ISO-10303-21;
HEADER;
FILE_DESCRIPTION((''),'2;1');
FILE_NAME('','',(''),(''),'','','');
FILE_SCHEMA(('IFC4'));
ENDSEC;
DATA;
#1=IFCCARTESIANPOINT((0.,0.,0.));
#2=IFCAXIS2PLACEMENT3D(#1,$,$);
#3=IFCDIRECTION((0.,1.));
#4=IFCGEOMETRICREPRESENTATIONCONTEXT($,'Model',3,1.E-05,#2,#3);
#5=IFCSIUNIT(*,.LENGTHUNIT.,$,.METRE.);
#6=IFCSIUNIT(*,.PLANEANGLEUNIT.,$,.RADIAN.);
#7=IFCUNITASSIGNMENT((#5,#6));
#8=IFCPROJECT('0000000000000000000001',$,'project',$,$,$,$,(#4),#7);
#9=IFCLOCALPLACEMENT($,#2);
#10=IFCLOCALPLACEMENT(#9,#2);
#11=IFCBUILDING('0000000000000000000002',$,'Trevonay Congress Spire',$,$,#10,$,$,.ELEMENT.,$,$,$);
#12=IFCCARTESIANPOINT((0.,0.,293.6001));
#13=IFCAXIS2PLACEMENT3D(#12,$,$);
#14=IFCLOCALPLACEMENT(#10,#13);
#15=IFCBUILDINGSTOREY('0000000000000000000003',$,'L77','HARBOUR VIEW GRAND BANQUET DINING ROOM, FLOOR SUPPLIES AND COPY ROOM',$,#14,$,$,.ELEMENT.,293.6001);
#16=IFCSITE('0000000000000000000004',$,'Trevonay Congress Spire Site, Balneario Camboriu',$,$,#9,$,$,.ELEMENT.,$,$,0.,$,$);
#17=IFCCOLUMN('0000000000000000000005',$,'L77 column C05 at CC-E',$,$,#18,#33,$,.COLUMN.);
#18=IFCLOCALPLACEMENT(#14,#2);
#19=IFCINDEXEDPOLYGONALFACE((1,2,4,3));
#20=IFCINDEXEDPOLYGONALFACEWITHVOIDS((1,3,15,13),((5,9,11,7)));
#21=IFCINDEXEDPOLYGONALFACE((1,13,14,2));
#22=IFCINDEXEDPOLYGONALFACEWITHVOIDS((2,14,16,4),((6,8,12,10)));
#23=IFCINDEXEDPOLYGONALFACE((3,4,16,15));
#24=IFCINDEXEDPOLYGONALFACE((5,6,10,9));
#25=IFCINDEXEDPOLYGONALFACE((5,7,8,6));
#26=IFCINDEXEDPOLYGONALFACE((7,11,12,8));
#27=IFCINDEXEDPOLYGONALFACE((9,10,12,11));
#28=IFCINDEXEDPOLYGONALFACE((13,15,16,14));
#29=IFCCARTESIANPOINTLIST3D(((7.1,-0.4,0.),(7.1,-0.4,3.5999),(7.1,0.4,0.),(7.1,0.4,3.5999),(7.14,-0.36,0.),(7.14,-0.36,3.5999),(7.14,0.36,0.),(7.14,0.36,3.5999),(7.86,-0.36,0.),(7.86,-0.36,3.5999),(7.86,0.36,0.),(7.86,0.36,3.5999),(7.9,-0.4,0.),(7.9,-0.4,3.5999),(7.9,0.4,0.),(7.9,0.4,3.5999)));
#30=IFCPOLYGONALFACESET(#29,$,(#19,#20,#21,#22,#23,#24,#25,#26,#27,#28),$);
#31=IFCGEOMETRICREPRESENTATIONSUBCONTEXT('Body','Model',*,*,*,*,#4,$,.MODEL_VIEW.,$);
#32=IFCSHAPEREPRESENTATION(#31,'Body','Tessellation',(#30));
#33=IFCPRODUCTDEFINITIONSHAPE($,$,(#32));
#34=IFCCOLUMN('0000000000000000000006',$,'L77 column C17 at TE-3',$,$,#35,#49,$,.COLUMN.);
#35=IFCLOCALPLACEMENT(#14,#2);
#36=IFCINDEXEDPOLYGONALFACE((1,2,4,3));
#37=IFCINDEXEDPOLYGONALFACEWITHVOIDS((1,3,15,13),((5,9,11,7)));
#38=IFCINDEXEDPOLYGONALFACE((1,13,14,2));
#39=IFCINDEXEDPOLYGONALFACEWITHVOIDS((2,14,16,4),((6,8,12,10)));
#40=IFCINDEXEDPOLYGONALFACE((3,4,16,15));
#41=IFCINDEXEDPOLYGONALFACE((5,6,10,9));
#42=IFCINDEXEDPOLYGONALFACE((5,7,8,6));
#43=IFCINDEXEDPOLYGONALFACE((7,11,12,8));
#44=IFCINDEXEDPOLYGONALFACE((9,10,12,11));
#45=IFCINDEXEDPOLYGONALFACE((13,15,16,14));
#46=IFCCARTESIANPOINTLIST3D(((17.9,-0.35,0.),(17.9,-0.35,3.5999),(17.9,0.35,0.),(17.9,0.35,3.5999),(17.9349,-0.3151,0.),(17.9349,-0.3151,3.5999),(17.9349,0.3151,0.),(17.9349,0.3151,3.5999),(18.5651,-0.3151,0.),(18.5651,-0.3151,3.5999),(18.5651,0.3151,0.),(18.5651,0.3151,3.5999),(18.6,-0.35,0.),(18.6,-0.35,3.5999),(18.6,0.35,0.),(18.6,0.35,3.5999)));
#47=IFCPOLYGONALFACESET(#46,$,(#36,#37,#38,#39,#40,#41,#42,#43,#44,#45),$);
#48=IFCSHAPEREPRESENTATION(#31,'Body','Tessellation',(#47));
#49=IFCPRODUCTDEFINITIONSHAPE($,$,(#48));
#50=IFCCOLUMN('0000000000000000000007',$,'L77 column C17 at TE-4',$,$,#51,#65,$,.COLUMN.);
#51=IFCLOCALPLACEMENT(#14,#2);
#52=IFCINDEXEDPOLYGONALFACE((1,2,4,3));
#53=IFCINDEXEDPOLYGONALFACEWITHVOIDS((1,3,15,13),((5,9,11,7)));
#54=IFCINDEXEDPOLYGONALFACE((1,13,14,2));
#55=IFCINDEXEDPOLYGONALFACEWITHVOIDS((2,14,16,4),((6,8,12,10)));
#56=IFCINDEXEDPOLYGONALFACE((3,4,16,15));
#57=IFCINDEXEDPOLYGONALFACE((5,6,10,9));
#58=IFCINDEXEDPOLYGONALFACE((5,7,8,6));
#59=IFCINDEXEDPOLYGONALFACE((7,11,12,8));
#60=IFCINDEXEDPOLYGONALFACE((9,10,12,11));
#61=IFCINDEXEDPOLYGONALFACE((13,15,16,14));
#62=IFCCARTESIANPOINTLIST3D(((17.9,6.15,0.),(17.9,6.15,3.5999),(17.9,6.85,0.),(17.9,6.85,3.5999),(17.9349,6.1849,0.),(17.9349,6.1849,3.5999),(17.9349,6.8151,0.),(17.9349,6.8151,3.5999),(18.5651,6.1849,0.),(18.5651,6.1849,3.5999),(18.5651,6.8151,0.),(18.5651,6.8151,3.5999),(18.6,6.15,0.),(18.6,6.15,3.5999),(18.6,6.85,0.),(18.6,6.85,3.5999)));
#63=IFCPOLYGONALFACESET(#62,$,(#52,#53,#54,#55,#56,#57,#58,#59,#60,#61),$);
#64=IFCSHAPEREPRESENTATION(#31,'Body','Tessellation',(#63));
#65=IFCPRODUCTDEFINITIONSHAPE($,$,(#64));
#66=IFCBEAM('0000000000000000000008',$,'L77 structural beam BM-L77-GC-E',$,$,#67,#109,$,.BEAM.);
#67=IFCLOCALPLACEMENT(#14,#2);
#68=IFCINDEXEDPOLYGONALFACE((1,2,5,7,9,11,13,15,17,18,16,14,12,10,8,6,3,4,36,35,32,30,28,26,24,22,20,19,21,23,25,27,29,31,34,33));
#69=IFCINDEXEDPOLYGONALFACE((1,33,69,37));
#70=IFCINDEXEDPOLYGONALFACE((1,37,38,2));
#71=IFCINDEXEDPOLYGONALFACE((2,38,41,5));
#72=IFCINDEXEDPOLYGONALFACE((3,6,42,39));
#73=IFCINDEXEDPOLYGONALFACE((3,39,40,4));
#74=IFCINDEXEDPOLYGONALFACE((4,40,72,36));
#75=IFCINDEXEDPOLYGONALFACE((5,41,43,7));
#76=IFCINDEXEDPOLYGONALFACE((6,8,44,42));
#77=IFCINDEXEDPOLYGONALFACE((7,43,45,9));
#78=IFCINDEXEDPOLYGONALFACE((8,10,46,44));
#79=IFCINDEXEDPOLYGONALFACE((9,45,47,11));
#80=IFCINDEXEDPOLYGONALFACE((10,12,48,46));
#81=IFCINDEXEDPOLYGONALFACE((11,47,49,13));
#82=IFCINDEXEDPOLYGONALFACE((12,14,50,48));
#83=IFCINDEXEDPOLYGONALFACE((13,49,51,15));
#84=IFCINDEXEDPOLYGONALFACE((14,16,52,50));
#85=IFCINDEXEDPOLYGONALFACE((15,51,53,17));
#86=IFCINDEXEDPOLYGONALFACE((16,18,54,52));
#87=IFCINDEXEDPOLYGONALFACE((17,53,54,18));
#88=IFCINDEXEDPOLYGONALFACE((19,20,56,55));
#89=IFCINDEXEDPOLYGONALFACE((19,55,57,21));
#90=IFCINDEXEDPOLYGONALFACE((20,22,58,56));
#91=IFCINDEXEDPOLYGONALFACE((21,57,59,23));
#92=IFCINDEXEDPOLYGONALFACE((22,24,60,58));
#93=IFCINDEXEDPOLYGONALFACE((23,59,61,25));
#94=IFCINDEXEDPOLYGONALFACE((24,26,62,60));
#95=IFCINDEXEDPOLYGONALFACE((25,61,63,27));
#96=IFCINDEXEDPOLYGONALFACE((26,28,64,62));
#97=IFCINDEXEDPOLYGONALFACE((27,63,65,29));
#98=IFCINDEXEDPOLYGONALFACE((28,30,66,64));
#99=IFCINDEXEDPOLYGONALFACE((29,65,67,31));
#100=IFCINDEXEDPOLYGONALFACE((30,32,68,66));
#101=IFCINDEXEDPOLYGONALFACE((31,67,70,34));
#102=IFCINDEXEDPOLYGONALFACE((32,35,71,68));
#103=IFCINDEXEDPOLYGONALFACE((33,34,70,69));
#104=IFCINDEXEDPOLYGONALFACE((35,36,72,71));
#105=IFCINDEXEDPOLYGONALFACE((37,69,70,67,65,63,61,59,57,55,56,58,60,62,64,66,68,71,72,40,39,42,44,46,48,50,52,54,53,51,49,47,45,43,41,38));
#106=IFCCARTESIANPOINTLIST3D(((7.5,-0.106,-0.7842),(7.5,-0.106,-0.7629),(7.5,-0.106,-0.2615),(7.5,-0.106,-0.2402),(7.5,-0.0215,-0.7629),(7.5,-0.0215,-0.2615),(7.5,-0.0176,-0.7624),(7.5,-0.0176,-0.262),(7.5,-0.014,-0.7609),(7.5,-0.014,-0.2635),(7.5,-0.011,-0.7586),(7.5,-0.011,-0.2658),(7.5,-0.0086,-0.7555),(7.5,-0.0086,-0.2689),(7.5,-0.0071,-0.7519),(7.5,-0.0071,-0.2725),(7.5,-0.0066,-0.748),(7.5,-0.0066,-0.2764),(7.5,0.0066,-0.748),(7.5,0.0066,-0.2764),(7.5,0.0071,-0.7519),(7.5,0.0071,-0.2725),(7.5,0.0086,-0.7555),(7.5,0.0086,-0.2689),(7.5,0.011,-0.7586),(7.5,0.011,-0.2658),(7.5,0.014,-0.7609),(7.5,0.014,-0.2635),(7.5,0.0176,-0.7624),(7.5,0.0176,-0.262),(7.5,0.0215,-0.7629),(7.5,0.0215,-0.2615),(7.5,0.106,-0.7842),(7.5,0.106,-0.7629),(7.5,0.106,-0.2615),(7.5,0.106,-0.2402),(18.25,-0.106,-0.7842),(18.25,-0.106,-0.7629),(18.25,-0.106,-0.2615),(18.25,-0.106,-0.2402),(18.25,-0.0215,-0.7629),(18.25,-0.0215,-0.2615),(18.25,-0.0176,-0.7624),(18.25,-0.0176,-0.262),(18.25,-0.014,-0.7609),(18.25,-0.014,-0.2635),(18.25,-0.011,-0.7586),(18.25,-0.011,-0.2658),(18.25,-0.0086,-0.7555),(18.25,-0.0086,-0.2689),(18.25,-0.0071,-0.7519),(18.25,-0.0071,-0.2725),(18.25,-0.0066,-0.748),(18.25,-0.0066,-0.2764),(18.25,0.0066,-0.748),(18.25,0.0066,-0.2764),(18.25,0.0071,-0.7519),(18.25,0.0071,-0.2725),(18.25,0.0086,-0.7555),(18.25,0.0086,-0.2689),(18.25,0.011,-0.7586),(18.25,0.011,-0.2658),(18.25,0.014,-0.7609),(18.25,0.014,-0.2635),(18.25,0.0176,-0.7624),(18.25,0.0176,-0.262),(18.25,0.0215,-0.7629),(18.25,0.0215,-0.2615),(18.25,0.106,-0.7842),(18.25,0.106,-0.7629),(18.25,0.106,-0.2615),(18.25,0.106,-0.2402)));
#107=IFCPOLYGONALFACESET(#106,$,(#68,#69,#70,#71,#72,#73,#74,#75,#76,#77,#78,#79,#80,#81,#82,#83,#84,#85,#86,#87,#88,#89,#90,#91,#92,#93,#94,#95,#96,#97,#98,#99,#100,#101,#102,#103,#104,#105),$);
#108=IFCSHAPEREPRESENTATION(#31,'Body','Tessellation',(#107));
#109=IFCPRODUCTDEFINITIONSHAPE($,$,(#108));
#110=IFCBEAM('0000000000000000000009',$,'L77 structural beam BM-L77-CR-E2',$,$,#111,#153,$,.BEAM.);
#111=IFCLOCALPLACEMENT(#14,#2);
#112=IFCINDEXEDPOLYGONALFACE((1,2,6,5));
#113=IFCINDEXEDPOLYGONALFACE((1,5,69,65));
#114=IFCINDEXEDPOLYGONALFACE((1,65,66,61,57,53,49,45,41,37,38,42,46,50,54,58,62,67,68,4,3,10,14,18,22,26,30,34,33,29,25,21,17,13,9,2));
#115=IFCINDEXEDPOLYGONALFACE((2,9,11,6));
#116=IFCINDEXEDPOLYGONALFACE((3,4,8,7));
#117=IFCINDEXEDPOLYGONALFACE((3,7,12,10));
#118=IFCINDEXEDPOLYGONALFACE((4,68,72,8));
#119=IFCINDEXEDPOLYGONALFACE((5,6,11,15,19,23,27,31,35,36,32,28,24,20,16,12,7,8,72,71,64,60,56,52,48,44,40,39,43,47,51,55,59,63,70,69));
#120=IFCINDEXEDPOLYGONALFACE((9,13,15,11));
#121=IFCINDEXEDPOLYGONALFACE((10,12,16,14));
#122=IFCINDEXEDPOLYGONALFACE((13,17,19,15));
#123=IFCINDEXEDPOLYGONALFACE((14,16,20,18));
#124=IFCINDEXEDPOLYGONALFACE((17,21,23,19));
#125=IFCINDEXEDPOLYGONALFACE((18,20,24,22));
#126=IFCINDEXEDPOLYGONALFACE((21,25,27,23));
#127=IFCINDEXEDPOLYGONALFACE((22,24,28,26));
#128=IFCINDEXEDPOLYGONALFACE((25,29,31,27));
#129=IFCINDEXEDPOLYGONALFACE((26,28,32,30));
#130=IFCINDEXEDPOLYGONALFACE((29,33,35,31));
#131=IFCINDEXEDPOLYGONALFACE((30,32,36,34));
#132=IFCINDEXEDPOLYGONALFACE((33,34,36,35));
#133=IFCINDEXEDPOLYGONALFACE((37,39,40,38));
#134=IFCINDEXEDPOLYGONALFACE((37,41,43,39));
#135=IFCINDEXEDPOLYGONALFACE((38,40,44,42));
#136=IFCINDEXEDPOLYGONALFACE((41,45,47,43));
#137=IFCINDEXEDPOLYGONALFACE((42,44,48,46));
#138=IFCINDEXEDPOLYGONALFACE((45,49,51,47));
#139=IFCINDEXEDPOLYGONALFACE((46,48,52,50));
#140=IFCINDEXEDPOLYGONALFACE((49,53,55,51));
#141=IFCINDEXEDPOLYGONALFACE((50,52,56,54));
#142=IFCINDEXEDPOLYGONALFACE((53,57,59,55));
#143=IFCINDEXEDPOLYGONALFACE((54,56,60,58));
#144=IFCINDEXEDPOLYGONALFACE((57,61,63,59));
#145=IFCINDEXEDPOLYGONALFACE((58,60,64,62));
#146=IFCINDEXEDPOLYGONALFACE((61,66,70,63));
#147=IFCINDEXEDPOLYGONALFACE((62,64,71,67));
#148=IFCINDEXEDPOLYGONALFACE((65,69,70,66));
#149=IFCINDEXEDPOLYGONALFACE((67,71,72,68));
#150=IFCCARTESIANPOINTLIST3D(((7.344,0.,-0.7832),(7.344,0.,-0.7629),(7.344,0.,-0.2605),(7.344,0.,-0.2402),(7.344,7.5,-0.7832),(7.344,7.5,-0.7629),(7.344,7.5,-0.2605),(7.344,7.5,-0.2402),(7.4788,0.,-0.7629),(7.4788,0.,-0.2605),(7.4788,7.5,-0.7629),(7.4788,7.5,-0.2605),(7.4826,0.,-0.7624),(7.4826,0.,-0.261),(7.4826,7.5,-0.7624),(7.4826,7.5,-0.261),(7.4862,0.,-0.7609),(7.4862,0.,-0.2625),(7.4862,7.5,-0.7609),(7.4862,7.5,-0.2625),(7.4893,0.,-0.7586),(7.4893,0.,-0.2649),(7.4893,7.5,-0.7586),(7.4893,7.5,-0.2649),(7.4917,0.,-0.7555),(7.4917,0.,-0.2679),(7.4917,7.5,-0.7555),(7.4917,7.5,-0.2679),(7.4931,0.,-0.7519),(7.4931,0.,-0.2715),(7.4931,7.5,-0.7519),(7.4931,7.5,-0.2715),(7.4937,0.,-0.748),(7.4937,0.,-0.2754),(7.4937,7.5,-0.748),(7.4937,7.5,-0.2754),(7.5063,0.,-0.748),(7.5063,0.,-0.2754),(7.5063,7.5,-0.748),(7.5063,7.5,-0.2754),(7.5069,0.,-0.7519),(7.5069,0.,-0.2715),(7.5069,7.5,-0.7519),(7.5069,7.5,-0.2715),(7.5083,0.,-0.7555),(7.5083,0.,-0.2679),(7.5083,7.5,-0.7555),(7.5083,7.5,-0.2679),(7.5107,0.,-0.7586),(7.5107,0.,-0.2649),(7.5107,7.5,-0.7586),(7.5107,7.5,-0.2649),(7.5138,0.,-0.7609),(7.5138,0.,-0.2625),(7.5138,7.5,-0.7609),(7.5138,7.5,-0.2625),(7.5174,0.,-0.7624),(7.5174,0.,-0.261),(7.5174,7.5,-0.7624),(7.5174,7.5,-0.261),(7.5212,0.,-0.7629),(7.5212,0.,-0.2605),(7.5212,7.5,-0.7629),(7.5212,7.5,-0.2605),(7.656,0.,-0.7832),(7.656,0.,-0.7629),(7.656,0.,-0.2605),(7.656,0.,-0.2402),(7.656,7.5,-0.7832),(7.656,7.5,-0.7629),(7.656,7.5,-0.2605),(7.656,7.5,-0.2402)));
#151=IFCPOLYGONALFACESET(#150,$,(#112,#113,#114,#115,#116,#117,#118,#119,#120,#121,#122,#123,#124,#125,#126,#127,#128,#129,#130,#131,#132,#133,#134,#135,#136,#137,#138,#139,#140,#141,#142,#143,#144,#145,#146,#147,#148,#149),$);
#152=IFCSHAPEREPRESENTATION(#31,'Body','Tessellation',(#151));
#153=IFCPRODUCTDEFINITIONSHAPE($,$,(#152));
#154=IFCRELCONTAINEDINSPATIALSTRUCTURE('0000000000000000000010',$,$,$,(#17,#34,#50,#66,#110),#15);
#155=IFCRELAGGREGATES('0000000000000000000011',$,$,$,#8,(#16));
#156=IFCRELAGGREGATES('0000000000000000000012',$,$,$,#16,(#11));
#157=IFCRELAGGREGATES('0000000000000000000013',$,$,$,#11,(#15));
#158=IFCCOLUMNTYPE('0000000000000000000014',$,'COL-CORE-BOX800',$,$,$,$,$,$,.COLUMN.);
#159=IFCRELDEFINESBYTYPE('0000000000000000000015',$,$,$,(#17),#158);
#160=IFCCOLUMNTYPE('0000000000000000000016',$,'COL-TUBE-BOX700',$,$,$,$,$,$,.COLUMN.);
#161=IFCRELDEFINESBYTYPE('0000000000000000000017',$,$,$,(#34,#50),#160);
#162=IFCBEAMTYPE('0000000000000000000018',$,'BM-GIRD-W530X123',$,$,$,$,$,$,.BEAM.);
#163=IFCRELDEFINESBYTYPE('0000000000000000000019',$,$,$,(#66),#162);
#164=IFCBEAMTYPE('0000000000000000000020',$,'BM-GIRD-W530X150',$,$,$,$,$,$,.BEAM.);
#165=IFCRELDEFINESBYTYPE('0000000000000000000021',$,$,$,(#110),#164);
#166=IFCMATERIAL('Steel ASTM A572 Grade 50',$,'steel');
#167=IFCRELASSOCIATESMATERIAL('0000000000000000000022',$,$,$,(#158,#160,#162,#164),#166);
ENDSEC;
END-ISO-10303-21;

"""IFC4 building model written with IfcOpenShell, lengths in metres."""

from ifc_helpers import new_model, si_unit, direction, frame, origin, origin_2d, place, context, subcontext, project, spatial, hollow_rectangle, i_section, extrude, material, material_profile, profile_set, type_object, element, save


model = new_model("IFC4")

# Units and contexts
model_context = context("Model", 3, precision=1e-05, world=origin(), true_north=direction((0.0, 1.0)))
body_context = subcontext(model_context, "Body", "Model", "MODEL_VIEW")
ifc_project = project(units=[si_unit("LENGTHUNIT", "METRE"), si_unit("PLANEANGLEUNIT", "RADIAN")], contexts=[model_context])

# Site, building, storey
site_placement = place(None, origin())
site = spatial("IfcSite", under=ifc_project, at=site_placement, Name="Trevonay Congress Spire Site, Balneario Camboriu", CompositionType="ELEMENT", RefElevation=0.0)
building_placement = place(site_placement, origin())
building = spatial("IfcBuilding", under=site, at=building_placement, Name="Trevonay Congress Spire", CompositionType="ELEMENT")
storey_placement = place(building_placement, frame((0.0, 0.0, 293.6001)))
storey = spatial("IfcBuildingStorey", under=building, at=storey_placement, Name="L77", Description="HARBOUR VIEW GRAND BANQUET DINING ROOM, FLOOR SUPPLIES AND COPY ROOM", CompositionType="ELEMENT", Elevation=293.6001)

# Columns
ifc_material_1 = material(Name="Steel ASTM A572 Grade 50", Category="steel")
ifc_material_profile_1 = material_profile(ifc_material_1, hollow_rectangle(XDim=0.8, YDim=0.8, WallThickness=0.04, at=origin_2d()), Name="BOX 800x800x40")
ifc_profile_set_1 = profile_set([ifc_material_profile_1], Name="Steel ASTM A572 Grade 50")
column_type_1 = type_object("IfcColumnType", Name="COL-CORE-BOX800", PredefinedType="COLUMN", material=ifc_profile_set_1)
column_placement = place(storey_placement, frame((7.5, 0.0, 0.0), z_axis=(0.0, 0.0, 1.0), x_axis=(1.0, 0.0, 0.0)))
element("IfcColumn", 1, at=column_placement, inside=storey, type_object=column_type_1, Name="L77 column C05 at CC-E", PredefinedType="COLUMN", context=body_context, shape_type="SweptSolid", body=[
    extrude(hollow_rectangle(XDim=0.8, YDim=0.8, WallThickness=0.04, at=origin_2d()), origin(), (0.0, 0.0, 1.0), 3.5999),
])
ifc_material_profile_2 = material_profile(ifc_material_1, hollow_rectangle(XDim=0.7, YDim=0.7, WallThickness=0.0349, at=origin_2d()), Name="BOX 700x700x35")
ifc_profile_set_2 = profile_set([ifc_material_profile_2], Name="Steel ASTM A572 Grade 50")
column_type_2 = type_object("IfcColumnType", Name="COL-TUBE-BOX700", PredefinedType="COLUMN", material=ifc_profile_set_2)
for number, where, z_axis, x_axis, name in (
    (2, (18.25, 0.0, 0.0), (0.0, 0.0, 1.0), (1.0, 0.0, 0.0), "L77 column C17 at TE-3"),
    (3, (18.25, 6.5, 0.0), (0.0, 0.0, 1.0), (1.0, 0.0, 0.0), "L77 column C17 at TE-4"),
):
    element("IfcColumn", number, at=place(storey_placement, frame(where, z_axis=z_axis, x_axis=x_axis)), inside=storey, type_object=column_type_2, Name=name, PredefinedType="COLUMN", context=body_context, shape_type="SweptSolid", body=[
        extrude(hollow_rectangle(XDim=0.7, YDim=0.7, WallThickness=0.0349, at=origin_2d()), origin(), (0.0, 0.0, 1.0), 3.5999),
    ])

# Beams
ifc_material_profile_3 = material_profile(ifc_material_1, i_section(OverallWidth=0.2119, OverallDepth=0.5439, WebThickness=0.0132, FlangeThickness=0.0212, FilletRadius=0.0149, at=origin_2d()), Name="W530x123")
ifc_profile_set_3 = profile_set([ifc_material_profile_3], Name="Steel ASTM A572 Grade 50")
beam_type_1 = type_object("IfcBeamType", Name="BM-GIRD-W530X123", PredefinedType="BEAM", material=ifc_profile_set_3)
beam_1_placement = place(storey_placement, frame((7.5, 0.0, -0.5122), z_axis=(1.0, 0.0, 0.0), x_axis=(0.0, 1.0, 0.0)))
element("IfcBeam", 4, at=beam_1_placement, inside=storey, type_object=beam_type_1, Name="L77 structural beam BM-L77-GC-E", PredefinedType="BEAM", context=body_context, shape_type="SweptSolid", body=[
    extrude(i_section(OverallWidth=0.2119, OverallDepth=0.5439, WebThickness=0.0132, FlangeThickness=0.0212, FilletRadius=0.0149, at=origin_2d()), origin(), (0.0, 0.0, 1.0), 10.75),
])
ifc_material_profile_4 = material_profile(ifc_material_1, i_section(OverallWidth=0.312, OverallDepth=0.543, WebThickness=0.0127, FlangeThickness=0.0203, FilletRadius=0.0149, at=origin_2d()), Name="W530x150")
ifc_profile_set_4 = profile_set([ifc_material_profile_4], Name="Steel ASTM A572 Grade 50")
beam_type_2 = type_object("IfcBeamType", Name="BM-GIRD-W530X150", PredefinedType="BEAM", material=ifc_profile_set_4)
beam_2_placement = place(storey_placement, frame((7.5, 0.0, -0.5117), z_axis=(0.0, 1.0, 0.0), x_axis=(-1.0, 0.0, 0.0)))
element("IfcBeam", 5, at=beam_2_placement, inside=storey, type_object=beam_type_2, Name="L77 structural beam BM-L77-CR-E2", PredefinedType="BEAM", context=body_context, shape_type="SweptSolid", body=[
    extrude(i_section(OverallWidth=0.312, OverallDepth=0.543, WebThickness=0.0127, FlangeThickness=0.0203, FilletRadius=0.0149, at=origin_2d()), origin(), (0.0, 0.0, 1.0), 7.5),
])

save(model, "model.ifc")
